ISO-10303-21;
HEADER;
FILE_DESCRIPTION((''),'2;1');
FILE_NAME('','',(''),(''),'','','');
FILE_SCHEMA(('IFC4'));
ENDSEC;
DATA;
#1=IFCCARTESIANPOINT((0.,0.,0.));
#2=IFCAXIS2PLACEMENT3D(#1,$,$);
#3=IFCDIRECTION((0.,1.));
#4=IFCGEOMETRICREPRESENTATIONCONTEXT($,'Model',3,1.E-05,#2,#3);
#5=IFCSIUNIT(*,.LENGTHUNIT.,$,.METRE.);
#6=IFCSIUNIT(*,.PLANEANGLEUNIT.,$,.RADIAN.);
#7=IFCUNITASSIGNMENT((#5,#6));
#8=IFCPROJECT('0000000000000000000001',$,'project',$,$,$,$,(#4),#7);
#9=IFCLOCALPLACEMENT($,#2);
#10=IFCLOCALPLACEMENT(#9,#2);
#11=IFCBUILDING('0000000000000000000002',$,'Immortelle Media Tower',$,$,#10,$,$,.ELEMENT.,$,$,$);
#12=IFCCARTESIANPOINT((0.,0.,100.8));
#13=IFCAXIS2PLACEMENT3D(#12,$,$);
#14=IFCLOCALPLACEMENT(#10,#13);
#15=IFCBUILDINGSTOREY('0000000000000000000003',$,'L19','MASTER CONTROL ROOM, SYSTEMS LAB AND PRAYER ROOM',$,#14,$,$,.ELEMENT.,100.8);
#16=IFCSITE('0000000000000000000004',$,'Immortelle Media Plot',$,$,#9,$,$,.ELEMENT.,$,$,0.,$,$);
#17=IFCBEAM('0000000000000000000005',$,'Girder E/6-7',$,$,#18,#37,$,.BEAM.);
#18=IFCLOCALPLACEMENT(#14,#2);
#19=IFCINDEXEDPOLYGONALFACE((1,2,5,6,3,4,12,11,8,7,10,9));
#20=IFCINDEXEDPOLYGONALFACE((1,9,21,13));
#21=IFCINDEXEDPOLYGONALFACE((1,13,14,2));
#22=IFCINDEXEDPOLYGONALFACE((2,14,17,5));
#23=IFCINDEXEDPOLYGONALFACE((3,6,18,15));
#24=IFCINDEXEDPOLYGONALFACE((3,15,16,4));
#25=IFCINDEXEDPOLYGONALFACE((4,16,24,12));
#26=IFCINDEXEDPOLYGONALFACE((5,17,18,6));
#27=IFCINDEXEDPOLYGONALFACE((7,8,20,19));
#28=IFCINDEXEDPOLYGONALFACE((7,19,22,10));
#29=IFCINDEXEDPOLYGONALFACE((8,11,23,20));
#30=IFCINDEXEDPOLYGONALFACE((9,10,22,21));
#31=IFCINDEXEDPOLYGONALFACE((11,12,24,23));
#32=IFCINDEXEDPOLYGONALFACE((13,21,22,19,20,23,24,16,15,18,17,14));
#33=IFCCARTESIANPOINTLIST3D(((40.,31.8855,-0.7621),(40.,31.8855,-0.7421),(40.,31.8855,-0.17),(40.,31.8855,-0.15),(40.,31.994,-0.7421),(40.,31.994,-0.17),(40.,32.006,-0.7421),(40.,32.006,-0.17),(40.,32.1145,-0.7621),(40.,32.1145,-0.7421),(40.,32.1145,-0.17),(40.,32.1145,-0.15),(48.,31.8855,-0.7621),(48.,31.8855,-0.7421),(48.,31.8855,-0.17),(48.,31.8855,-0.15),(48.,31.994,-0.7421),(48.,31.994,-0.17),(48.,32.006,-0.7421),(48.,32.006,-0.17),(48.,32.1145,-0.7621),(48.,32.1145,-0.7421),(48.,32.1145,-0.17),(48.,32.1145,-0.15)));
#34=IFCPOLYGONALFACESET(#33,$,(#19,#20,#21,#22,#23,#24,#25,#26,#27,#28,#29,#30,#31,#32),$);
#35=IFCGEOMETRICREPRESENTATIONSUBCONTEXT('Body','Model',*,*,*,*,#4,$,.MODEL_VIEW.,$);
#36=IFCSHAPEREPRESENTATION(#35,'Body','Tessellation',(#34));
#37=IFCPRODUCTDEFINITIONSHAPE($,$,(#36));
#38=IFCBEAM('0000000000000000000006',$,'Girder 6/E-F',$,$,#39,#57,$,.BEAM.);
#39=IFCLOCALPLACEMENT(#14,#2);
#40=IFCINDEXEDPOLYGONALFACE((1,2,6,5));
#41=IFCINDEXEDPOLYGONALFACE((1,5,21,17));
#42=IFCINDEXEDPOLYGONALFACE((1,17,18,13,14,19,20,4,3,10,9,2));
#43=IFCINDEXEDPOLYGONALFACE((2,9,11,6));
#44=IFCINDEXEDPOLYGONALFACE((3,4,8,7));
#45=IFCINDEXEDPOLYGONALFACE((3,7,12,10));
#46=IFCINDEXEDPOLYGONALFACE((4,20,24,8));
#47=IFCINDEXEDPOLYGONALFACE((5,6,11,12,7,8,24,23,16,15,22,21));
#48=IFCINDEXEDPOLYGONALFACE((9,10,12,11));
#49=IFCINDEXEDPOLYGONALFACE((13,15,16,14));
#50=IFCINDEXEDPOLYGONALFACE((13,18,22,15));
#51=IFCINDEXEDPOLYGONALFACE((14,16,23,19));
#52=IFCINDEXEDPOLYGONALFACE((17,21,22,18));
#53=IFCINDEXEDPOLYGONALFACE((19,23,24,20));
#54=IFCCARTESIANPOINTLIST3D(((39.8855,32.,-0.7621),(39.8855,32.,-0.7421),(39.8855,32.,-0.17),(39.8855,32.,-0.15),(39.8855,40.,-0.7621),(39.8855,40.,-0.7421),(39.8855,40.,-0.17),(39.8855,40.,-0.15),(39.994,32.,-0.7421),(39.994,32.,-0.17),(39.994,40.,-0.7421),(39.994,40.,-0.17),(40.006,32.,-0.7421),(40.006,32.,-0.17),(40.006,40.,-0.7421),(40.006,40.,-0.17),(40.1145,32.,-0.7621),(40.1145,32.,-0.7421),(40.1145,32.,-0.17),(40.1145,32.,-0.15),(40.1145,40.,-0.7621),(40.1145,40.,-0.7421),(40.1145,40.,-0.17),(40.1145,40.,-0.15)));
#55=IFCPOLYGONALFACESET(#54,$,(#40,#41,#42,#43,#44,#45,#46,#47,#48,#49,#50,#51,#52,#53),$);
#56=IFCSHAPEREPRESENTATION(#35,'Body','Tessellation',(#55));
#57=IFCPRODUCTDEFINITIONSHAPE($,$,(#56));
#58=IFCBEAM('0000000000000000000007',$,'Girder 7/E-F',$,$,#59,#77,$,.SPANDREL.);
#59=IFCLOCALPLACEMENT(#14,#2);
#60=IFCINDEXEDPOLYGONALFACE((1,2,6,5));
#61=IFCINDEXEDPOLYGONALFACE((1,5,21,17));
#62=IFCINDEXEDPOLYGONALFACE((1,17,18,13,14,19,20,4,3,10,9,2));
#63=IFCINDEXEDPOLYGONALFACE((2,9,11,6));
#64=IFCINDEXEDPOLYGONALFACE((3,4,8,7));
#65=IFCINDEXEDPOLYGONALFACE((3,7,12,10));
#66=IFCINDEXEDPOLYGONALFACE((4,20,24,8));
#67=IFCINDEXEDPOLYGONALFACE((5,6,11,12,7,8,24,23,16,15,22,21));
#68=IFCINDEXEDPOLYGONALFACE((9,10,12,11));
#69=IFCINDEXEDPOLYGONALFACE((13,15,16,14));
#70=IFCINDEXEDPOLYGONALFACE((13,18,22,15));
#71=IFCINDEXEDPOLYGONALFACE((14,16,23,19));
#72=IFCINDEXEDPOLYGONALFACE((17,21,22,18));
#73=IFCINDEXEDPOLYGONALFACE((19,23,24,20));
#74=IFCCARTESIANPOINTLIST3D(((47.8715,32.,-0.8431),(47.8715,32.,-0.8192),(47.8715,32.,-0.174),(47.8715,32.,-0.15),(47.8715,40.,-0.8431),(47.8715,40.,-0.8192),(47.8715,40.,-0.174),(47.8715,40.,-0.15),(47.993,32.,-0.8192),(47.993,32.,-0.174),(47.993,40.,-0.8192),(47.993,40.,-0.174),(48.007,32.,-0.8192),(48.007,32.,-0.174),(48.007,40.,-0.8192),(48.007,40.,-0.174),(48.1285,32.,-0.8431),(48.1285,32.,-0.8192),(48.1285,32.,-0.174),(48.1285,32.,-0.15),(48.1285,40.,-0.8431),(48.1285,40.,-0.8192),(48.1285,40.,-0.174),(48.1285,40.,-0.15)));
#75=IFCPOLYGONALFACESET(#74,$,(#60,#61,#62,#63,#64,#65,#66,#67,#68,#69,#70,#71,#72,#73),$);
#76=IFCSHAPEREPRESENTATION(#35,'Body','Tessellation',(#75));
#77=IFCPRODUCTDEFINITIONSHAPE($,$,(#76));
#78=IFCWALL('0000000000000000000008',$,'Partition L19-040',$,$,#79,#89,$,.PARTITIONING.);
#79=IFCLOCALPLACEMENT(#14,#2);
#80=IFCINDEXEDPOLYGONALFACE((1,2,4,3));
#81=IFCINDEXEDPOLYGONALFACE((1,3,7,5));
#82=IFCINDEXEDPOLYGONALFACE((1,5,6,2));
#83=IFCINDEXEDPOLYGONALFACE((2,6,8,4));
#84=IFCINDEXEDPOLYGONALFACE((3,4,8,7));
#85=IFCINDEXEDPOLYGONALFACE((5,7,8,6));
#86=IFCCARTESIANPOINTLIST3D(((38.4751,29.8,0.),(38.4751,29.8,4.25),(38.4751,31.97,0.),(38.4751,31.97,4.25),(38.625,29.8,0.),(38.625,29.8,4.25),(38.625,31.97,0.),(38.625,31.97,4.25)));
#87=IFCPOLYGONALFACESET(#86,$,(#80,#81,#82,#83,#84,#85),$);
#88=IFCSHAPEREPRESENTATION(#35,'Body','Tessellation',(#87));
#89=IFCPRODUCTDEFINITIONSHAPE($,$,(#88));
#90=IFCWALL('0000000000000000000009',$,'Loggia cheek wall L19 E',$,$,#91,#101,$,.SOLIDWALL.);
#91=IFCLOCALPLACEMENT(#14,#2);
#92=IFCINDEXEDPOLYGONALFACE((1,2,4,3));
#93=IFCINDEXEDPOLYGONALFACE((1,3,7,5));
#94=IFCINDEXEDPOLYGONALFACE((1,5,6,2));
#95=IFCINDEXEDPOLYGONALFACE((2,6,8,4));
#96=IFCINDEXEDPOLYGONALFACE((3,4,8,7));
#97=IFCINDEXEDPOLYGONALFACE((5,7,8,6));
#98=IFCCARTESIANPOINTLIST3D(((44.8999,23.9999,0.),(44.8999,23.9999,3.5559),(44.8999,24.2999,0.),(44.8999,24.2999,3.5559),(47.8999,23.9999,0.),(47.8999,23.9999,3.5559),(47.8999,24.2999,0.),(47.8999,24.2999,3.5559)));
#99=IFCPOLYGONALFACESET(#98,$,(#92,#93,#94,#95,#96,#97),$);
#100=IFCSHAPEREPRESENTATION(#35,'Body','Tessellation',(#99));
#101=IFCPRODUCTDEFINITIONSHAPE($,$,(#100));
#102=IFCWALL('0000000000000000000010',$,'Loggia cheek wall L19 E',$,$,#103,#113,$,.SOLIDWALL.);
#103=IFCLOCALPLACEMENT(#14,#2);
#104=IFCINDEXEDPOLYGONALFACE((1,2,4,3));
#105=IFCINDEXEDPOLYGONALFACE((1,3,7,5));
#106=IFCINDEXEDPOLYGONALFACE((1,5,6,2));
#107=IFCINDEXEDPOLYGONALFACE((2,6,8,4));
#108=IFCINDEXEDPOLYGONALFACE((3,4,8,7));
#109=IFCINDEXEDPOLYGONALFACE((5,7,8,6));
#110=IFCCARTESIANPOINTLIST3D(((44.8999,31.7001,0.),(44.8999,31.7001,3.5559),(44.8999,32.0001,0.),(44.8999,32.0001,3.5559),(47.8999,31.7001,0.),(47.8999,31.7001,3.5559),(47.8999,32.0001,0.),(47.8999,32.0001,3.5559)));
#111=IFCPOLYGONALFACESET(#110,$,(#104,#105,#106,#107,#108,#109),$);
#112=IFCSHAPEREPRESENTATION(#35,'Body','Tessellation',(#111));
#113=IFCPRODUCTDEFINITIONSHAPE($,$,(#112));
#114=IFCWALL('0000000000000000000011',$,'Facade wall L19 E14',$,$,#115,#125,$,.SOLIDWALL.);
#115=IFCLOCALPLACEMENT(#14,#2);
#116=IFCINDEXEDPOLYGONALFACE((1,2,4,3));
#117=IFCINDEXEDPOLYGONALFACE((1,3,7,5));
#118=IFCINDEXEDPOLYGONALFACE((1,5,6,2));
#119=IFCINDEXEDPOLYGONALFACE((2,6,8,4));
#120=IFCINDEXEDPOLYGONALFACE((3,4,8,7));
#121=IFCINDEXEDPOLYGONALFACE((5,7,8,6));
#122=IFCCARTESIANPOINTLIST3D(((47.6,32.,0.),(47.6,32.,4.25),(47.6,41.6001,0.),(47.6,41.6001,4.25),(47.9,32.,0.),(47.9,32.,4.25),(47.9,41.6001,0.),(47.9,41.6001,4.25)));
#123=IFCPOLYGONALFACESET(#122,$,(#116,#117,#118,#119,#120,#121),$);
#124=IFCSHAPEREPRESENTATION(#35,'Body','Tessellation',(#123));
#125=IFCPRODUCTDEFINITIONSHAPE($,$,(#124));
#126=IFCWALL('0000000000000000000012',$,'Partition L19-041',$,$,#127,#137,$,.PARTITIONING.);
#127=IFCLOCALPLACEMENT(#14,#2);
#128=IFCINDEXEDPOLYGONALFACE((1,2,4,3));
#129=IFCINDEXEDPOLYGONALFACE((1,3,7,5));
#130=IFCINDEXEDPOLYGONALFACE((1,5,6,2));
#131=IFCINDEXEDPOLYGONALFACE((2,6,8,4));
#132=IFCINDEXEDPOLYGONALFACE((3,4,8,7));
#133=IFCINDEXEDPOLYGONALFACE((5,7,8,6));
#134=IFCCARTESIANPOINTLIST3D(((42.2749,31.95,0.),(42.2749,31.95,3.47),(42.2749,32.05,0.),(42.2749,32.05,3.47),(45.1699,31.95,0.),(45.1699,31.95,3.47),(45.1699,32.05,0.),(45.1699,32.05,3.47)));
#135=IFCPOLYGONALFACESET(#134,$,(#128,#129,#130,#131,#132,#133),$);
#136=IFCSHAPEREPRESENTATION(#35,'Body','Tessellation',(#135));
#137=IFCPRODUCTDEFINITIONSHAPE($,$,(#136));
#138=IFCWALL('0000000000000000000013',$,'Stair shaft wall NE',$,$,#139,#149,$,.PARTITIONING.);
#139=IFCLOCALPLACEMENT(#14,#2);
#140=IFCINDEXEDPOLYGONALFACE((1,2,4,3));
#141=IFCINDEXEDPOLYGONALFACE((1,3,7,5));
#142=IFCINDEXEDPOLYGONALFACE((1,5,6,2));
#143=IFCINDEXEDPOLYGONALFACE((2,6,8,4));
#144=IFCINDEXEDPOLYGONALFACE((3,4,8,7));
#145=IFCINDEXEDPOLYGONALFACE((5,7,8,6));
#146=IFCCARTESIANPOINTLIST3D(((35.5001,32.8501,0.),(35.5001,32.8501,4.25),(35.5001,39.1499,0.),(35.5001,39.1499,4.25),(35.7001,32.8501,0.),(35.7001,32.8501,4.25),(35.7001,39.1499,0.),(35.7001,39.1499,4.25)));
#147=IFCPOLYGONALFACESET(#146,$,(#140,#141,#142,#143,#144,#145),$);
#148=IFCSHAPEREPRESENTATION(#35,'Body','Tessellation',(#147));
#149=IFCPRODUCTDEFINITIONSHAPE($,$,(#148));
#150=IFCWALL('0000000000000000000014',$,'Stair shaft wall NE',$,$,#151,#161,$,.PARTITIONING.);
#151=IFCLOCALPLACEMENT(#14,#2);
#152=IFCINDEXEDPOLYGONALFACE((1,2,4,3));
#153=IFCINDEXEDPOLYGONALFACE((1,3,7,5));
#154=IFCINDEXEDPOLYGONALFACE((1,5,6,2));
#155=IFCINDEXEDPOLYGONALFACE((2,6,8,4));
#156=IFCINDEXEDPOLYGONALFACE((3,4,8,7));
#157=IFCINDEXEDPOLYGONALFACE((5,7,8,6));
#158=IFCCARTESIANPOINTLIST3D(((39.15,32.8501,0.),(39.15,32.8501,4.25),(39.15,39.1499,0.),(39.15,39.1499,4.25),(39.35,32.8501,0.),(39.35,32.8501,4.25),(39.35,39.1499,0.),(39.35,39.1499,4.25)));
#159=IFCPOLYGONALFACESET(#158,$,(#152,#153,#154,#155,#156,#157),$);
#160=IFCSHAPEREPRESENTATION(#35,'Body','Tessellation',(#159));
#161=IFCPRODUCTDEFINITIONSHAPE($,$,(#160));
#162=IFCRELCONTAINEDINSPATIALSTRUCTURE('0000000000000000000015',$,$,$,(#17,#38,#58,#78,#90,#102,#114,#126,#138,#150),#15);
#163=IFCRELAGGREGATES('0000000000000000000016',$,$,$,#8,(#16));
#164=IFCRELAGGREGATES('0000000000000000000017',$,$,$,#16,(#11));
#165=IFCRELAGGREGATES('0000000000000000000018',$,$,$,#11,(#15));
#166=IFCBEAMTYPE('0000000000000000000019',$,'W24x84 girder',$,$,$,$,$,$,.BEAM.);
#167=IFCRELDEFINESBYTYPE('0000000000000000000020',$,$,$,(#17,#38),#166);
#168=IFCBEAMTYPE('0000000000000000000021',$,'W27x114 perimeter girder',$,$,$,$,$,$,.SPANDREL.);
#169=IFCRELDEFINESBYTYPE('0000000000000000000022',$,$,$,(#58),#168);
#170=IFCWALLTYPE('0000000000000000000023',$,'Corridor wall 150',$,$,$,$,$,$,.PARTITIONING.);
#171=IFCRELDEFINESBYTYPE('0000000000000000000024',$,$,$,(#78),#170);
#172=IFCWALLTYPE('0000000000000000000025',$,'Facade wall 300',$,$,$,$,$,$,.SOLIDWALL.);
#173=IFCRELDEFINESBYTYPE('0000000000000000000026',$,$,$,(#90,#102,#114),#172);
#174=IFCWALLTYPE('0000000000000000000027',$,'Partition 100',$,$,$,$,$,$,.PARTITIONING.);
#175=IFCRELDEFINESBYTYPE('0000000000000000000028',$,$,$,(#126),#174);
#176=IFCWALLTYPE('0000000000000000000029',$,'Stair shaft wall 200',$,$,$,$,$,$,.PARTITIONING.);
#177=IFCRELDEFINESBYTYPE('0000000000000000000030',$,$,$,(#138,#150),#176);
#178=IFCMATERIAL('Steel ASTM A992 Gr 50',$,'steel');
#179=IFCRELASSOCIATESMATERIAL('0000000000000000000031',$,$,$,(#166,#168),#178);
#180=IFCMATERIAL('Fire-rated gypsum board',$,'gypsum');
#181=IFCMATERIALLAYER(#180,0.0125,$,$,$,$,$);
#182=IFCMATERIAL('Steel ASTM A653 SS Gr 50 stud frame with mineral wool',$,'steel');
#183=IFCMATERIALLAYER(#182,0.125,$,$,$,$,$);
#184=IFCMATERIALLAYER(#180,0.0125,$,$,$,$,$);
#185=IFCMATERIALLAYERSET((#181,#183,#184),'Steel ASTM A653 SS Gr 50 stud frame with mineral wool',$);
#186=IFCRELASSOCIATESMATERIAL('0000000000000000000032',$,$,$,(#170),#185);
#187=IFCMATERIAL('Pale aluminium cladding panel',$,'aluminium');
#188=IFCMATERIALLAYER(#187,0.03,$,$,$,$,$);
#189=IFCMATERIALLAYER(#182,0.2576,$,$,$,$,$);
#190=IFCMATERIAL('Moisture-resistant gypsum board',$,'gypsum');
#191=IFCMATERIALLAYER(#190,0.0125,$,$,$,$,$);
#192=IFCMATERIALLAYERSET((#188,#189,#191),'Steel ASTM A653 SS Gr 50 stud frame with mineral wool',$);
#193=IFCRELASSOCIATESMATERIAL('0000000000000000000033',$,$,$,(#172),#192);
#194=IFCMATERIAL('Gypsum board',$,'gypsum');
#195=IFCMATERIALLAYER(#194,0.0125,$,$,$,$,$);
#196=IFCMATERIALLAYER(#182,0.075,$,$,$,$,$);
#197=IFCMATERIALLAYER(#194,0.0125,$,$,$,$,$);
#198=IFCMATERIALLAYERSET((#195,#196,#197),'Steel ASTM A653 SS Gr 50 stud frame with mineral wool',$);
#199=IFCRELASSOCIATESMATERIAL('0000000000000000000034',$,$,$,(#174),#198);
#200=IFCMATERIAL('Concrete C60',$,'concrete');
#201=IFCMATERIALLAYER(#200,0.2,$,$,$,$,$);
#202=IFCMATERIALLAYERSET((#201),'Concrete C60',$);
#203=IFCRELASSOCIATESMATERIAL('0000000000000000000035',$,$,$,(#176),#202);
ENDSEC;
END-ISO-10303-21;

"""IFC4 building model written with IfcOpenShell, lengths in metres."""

from ifc_helpers import new_model, si_unit, direction, frame, frame_2d, origin, origin_2d, place, context, subcontext, project, spatial, rectangle, i_section, extrude, material, layer, layer_set, material_profile, profile_set, type_object, element, save


model = new_model("IFC4")

# Units and contexts
model_context = context("Model", 3, precision=1e-05, world=origin(), true_north=direction((0.0, 1.0)))
body_context = subcontext(model_context, "Body", "Model", "MODEL_VIEW")
ifc_project = project(units=[si_unit("LENGTHUNIT", "METRE"), si_unit("PLANEANGLEUNIT", "RADIAN")], contexts=[model_context])

# Site, building, storey
site_placement = place(None, origin())
site = spatial("IfcSite", under=ifc_project, at=site_placement, Name="Immortelle Media Plot", CompositionType="ELEMENT", RefElevation=0.0)
building_placement = place(site_placement, origin())
building = spatial("IfcBuilding", under=site, at=building_placement, Name="Immortelle Media Tower", CompositionType="ELEMENT")
storey_placement = place(building_placement, frame((0.0, 0.0, 100.8)))
storey = spatial("IfcBuildingStorey", under=building, at=storey_placement, Name="L19", Description="MASTER CONTROL ROOM, SYSTEMS LAB AND PRAYER ROOM", CompositionType="ELEMENT", Elevation=100.8)

# Shared definitions
ifc_material_1 = material(Name="Steel ASTM A992 Gr 50", Category="steel")

# Beams
ifc_material_profile_1 = material_profile(ifc_material_1, i_section(OverallWidth=0.229, OverallDepth=0.6121, WebThickness=0.012, FlangeThickness=0.02, at=origin_2d()), Name="W24x84")
ifc_profile_set_1 = profile_set([ifc_material_profile_1], Name="Steel ASTM A992 Gr 50")
beam_type_1 = type_object("IfcBeamType", Name="W24x84 girder", PredefinedType="BEAM", material=ifc_profile_set_1)
for number, where, z_axis, x_axis, name in (
    (1, (40.0, 32.0, -0.4561), (1.0, 0.0, 0.0), (0.0, 1.0, 0.0), "Girder E/6-7"),
    (2, (40.0, 32.0, -0.4561), (0.0, 1.0, 0.0), (-1.0, 0.0, 0.0), "Girder 6/E-F"),
):
    element("IfcBeam", number, at=place(storey_placement, frame(where, z_axis=z_axis, x_axis=x_axis)), inside=storey, type_object=beam_type_1, Name=name, PredefinedType="BEAM", context=body_context, shape_type="SweptSolid", body=[
        extrude(i_section(OverallWidth=0.229, OverallDepth=0.6121, WebThickness=0.012, FlangeThickness=0.02, at=origin_2d()), origin(), (0.0, 0.0, 1.0), 8.0),
    ])
ifc_material_profile_2 = material_profile(ifc_material_1, i_section(OverallWidth=0.2571, OverallDepth=0.6931, WebThickness=0.0139, FlangeThickness=0.0239, at=origin_2d()), Name="W27x114")
ifc_profile_set_2 = profile_set([ifc_material_profile_2], Name="Steel ASTM A992 Gr 50")
beam_type_2 = type_object("IfcBeamType", Name="W27x114 perimeter girder", PredefinedType="SPANDREL", material=ifc_profile_set_2)
beam_1_placement = place(storey_placement, frame((48.0, 32.0, -0.4966), z_axis=(0.0, 1.0, 0.0), x_axis=(-1.0, 0.0, 0.0)))
element("IfcBeam", 3, at=beam_1_placement, inside=storey, type_object=beam_type_2, Name="Girder 7/E-F", PredefinedType="SPANDREL", context=body_context, shape_type="SweptSolid", body=[
    extrude(i_section(OverallWidth=0.2571, OverallDepth=0.6931, WebThickness=0.0139, FlangeThickness=0.0239, at=origin_2d()), origin(), (0.0, 0.0, 1.0), 8.0),
])

# Wall
ifc_material_2 = material(Name="Fire-rated gypsum board", Category="gypsum")
ifc_layer_1 = layer(ifc_material_2, 0.0125)
ifc_material_3 = material(Name="Steel ASTM A653 SS Gr 50 stud frame with mineral wool", Category="steel")
ifc_layer_2 = layer(ifc_material_3, 0.125)
ifc_layer_3 = layer(ifc_material_2, 0.0125)
ifc_layer_set_1 = layer_set([ifc_layer_1, ifc_layer_2, ifc_layer_3], Name="Steel ASTM A653 SS Gr 50 stud frame with mineral wool")
wall_type_1 = type_object("IfcWallType", Name="Corridor wall 150", PredefinedType="PARTITIONING", material=ifc_layer_set_1)
wall_1_placement = place(storey_placement, frame((38.55, 29.8, 0.0), z_axis=(0.0, 0.0, 1.0), x_axis=(0.0, 1.0, 0.0)))
element("IfcWall", 4, at=wall_1_placement, inside=storey, type_object=wall_type_1, Name="Partition L19-040", PredefinedType="PARTITIONING", context=body_context, shape_type="SweptSolid", body=[
    extrude(rectangle(XDim=2.1699, YDim=0.1499, at=frame_2d((1.085, 0.0))), origin(), (0.0, 0.0, 1.0), 4.25),
])

# Shared definitions
ifc_material_4 = material(Name="Pale aluminium cladding panel", Category="aluminium")
ifc_layer_4 = layer(ifc_material_4, 0.03)
ifc_layer_5 = layer(ifc_material_3, 0.2576)
ifc_material_5 = material(Name="Moisture-resistant gypsum board", Category="gypsum")
ifc_layer_6 = layer(ifc_material_5, 0.0125)
ifc_layer_set_2 = layer_set([ifc_layer_4, ifc_layer_5, ifc_layer_6], Name="Steel ASTM A653 SS Gr 50 stud frame with mineral wool")
wall_type_2 = type_object("IfcWallType", Name="Facade wall 300", PredefinedType="SOLIDWALL", material=ifc_layer_set_2)

# Walls
for number, where, z_axis, x_axis, name in (
    (5, (47.8999, 24.1499, 0.0), (0.0, 0.0, 1.0), (-1.0, 0.0, 0.0), "Loggia cheek wall L19 E"),
    (6, (47.8999, 31.8501, 0.0), (0.0, 0.0, 1.0), (-1.0, 0.0, 0.0), "Loggia cheek wall L19 E"),
):
    element("IfcWall", number, at=place(storey_placement, frame(where, z_axis=z_axis, x_axis=x_axis)), inside=storey, type_object=wall_type_2, Name=name, PredefinedType="SOLIDWALL", context=body_context, shape_type="SweptSolid", body=[
        extrude(rectangle(XDim=3.0, YDim=0.3, at=frame_2d((1.5, 0.0))), origin(), (0.0, 0.0, 1.0), 3.5559),
    ])
wall_2_placement = place(storey_placement, frame((47.75, 32.0, 0.0), z_axis=(0.0, 0.0, 1.0), x_axis=(0.0, 1.0, 0.0)))
element("IfcWall", 7, at=wall_2_placement, inside=storey, type_object=wall_type_2, Name="Facade wall L19 E14", PredefinedType="SOLIDWALL", context=body_context, shape_type="SweptSolid", body=[
    extrude(rectangle(XDim=9.6001, YDim=0.3, at=frame_2d((4.8, 0.0))), origin(), (0.0, 0.0, 1.0), 4.25),
])
ifc_material_6 = material(Name="Gypsum board", Category="gypsum")
ifc_layer_7 = layer(ifc_material_6, 0.0125)
ifc_layer_8 = layer(ifc_material_3, 0.075)
ifc_layer_9 = layer(ifc_material_6, 0.0125)
ifc_layer_set_3 = layer_set([ifc_layer_7, ifc_layer_8, ifc_layer_9], Name="Steel ASTM A653 SS Gr 50 stud frame with mineral wool")
wall_type_3 = type_object("IfcWallType", Name="Partition 100", PredefinedType="PARTITIONING", material=ifc_layer_set_3)
wall_3_placement = place(storey_placement, frame((42.2749, 32.0, 0.0), z_axis=(0.0, 0.0, 1.0), x_axis=(1.0, 0.0, 0.0)))
element("IfcWall", 8, at=wall_3_placement, inside=storey, type_object=wall_type_3, Name="Partition L19-041", PredefinedType="PARTITIONING", context=body_context, shape_type="SweptSolid", body=[
    extrude(rectangle(XDim=2.895, YDim=0.1001, at=frame_2d((1.4475, 0.0))), origin(), (0.0, 0.0, 1.0), 3.47),
])
ifc_material_7 = material(Name="Concrete C60", Category="concrete")
ifc_layer_10 = layer(ifc_material_7, 0.2)
ifc_layer_set_4 = layer_set([ifc_layer_10], Name="Concrete C60")
wall_type_4 = type_object("IfcWallType", Name="Stair shaft wall 200", PredefinedType="PARTITIONING", material=ifc_layer_set_4)
for number, where, z_axis, x_axis, name in (
    (9, (35.6001, 32.8501, 0.0), (0.0, 0.0, 1.0), (0.0, 1.0, 0.0), "Stair shaft wall NE"),
    (10, (39.25, 32.8501, 0.0), (0.0, 0.0, 1.0), (0.0, 1.0, 0.0), "Stair shaft wall NE"),
):
    element("IfcWall", number, at=place(storey_placement, frame(where, z_axis=z_axis, x_axis=x_axis)), inside=storey, type_object=wall_type_4, Name=name, PredefinedType="PARTITIONING", context=body_context, shape_type="SweptSolid", body=[
        extrude(rectangle(XDim=6.2998, YDim=0.2, at=frame_2d((3.1499, 0.0))), origin(), (0.0, 0.0, 1.0), 4.25),
    ])

save(model, "model.ifc")
